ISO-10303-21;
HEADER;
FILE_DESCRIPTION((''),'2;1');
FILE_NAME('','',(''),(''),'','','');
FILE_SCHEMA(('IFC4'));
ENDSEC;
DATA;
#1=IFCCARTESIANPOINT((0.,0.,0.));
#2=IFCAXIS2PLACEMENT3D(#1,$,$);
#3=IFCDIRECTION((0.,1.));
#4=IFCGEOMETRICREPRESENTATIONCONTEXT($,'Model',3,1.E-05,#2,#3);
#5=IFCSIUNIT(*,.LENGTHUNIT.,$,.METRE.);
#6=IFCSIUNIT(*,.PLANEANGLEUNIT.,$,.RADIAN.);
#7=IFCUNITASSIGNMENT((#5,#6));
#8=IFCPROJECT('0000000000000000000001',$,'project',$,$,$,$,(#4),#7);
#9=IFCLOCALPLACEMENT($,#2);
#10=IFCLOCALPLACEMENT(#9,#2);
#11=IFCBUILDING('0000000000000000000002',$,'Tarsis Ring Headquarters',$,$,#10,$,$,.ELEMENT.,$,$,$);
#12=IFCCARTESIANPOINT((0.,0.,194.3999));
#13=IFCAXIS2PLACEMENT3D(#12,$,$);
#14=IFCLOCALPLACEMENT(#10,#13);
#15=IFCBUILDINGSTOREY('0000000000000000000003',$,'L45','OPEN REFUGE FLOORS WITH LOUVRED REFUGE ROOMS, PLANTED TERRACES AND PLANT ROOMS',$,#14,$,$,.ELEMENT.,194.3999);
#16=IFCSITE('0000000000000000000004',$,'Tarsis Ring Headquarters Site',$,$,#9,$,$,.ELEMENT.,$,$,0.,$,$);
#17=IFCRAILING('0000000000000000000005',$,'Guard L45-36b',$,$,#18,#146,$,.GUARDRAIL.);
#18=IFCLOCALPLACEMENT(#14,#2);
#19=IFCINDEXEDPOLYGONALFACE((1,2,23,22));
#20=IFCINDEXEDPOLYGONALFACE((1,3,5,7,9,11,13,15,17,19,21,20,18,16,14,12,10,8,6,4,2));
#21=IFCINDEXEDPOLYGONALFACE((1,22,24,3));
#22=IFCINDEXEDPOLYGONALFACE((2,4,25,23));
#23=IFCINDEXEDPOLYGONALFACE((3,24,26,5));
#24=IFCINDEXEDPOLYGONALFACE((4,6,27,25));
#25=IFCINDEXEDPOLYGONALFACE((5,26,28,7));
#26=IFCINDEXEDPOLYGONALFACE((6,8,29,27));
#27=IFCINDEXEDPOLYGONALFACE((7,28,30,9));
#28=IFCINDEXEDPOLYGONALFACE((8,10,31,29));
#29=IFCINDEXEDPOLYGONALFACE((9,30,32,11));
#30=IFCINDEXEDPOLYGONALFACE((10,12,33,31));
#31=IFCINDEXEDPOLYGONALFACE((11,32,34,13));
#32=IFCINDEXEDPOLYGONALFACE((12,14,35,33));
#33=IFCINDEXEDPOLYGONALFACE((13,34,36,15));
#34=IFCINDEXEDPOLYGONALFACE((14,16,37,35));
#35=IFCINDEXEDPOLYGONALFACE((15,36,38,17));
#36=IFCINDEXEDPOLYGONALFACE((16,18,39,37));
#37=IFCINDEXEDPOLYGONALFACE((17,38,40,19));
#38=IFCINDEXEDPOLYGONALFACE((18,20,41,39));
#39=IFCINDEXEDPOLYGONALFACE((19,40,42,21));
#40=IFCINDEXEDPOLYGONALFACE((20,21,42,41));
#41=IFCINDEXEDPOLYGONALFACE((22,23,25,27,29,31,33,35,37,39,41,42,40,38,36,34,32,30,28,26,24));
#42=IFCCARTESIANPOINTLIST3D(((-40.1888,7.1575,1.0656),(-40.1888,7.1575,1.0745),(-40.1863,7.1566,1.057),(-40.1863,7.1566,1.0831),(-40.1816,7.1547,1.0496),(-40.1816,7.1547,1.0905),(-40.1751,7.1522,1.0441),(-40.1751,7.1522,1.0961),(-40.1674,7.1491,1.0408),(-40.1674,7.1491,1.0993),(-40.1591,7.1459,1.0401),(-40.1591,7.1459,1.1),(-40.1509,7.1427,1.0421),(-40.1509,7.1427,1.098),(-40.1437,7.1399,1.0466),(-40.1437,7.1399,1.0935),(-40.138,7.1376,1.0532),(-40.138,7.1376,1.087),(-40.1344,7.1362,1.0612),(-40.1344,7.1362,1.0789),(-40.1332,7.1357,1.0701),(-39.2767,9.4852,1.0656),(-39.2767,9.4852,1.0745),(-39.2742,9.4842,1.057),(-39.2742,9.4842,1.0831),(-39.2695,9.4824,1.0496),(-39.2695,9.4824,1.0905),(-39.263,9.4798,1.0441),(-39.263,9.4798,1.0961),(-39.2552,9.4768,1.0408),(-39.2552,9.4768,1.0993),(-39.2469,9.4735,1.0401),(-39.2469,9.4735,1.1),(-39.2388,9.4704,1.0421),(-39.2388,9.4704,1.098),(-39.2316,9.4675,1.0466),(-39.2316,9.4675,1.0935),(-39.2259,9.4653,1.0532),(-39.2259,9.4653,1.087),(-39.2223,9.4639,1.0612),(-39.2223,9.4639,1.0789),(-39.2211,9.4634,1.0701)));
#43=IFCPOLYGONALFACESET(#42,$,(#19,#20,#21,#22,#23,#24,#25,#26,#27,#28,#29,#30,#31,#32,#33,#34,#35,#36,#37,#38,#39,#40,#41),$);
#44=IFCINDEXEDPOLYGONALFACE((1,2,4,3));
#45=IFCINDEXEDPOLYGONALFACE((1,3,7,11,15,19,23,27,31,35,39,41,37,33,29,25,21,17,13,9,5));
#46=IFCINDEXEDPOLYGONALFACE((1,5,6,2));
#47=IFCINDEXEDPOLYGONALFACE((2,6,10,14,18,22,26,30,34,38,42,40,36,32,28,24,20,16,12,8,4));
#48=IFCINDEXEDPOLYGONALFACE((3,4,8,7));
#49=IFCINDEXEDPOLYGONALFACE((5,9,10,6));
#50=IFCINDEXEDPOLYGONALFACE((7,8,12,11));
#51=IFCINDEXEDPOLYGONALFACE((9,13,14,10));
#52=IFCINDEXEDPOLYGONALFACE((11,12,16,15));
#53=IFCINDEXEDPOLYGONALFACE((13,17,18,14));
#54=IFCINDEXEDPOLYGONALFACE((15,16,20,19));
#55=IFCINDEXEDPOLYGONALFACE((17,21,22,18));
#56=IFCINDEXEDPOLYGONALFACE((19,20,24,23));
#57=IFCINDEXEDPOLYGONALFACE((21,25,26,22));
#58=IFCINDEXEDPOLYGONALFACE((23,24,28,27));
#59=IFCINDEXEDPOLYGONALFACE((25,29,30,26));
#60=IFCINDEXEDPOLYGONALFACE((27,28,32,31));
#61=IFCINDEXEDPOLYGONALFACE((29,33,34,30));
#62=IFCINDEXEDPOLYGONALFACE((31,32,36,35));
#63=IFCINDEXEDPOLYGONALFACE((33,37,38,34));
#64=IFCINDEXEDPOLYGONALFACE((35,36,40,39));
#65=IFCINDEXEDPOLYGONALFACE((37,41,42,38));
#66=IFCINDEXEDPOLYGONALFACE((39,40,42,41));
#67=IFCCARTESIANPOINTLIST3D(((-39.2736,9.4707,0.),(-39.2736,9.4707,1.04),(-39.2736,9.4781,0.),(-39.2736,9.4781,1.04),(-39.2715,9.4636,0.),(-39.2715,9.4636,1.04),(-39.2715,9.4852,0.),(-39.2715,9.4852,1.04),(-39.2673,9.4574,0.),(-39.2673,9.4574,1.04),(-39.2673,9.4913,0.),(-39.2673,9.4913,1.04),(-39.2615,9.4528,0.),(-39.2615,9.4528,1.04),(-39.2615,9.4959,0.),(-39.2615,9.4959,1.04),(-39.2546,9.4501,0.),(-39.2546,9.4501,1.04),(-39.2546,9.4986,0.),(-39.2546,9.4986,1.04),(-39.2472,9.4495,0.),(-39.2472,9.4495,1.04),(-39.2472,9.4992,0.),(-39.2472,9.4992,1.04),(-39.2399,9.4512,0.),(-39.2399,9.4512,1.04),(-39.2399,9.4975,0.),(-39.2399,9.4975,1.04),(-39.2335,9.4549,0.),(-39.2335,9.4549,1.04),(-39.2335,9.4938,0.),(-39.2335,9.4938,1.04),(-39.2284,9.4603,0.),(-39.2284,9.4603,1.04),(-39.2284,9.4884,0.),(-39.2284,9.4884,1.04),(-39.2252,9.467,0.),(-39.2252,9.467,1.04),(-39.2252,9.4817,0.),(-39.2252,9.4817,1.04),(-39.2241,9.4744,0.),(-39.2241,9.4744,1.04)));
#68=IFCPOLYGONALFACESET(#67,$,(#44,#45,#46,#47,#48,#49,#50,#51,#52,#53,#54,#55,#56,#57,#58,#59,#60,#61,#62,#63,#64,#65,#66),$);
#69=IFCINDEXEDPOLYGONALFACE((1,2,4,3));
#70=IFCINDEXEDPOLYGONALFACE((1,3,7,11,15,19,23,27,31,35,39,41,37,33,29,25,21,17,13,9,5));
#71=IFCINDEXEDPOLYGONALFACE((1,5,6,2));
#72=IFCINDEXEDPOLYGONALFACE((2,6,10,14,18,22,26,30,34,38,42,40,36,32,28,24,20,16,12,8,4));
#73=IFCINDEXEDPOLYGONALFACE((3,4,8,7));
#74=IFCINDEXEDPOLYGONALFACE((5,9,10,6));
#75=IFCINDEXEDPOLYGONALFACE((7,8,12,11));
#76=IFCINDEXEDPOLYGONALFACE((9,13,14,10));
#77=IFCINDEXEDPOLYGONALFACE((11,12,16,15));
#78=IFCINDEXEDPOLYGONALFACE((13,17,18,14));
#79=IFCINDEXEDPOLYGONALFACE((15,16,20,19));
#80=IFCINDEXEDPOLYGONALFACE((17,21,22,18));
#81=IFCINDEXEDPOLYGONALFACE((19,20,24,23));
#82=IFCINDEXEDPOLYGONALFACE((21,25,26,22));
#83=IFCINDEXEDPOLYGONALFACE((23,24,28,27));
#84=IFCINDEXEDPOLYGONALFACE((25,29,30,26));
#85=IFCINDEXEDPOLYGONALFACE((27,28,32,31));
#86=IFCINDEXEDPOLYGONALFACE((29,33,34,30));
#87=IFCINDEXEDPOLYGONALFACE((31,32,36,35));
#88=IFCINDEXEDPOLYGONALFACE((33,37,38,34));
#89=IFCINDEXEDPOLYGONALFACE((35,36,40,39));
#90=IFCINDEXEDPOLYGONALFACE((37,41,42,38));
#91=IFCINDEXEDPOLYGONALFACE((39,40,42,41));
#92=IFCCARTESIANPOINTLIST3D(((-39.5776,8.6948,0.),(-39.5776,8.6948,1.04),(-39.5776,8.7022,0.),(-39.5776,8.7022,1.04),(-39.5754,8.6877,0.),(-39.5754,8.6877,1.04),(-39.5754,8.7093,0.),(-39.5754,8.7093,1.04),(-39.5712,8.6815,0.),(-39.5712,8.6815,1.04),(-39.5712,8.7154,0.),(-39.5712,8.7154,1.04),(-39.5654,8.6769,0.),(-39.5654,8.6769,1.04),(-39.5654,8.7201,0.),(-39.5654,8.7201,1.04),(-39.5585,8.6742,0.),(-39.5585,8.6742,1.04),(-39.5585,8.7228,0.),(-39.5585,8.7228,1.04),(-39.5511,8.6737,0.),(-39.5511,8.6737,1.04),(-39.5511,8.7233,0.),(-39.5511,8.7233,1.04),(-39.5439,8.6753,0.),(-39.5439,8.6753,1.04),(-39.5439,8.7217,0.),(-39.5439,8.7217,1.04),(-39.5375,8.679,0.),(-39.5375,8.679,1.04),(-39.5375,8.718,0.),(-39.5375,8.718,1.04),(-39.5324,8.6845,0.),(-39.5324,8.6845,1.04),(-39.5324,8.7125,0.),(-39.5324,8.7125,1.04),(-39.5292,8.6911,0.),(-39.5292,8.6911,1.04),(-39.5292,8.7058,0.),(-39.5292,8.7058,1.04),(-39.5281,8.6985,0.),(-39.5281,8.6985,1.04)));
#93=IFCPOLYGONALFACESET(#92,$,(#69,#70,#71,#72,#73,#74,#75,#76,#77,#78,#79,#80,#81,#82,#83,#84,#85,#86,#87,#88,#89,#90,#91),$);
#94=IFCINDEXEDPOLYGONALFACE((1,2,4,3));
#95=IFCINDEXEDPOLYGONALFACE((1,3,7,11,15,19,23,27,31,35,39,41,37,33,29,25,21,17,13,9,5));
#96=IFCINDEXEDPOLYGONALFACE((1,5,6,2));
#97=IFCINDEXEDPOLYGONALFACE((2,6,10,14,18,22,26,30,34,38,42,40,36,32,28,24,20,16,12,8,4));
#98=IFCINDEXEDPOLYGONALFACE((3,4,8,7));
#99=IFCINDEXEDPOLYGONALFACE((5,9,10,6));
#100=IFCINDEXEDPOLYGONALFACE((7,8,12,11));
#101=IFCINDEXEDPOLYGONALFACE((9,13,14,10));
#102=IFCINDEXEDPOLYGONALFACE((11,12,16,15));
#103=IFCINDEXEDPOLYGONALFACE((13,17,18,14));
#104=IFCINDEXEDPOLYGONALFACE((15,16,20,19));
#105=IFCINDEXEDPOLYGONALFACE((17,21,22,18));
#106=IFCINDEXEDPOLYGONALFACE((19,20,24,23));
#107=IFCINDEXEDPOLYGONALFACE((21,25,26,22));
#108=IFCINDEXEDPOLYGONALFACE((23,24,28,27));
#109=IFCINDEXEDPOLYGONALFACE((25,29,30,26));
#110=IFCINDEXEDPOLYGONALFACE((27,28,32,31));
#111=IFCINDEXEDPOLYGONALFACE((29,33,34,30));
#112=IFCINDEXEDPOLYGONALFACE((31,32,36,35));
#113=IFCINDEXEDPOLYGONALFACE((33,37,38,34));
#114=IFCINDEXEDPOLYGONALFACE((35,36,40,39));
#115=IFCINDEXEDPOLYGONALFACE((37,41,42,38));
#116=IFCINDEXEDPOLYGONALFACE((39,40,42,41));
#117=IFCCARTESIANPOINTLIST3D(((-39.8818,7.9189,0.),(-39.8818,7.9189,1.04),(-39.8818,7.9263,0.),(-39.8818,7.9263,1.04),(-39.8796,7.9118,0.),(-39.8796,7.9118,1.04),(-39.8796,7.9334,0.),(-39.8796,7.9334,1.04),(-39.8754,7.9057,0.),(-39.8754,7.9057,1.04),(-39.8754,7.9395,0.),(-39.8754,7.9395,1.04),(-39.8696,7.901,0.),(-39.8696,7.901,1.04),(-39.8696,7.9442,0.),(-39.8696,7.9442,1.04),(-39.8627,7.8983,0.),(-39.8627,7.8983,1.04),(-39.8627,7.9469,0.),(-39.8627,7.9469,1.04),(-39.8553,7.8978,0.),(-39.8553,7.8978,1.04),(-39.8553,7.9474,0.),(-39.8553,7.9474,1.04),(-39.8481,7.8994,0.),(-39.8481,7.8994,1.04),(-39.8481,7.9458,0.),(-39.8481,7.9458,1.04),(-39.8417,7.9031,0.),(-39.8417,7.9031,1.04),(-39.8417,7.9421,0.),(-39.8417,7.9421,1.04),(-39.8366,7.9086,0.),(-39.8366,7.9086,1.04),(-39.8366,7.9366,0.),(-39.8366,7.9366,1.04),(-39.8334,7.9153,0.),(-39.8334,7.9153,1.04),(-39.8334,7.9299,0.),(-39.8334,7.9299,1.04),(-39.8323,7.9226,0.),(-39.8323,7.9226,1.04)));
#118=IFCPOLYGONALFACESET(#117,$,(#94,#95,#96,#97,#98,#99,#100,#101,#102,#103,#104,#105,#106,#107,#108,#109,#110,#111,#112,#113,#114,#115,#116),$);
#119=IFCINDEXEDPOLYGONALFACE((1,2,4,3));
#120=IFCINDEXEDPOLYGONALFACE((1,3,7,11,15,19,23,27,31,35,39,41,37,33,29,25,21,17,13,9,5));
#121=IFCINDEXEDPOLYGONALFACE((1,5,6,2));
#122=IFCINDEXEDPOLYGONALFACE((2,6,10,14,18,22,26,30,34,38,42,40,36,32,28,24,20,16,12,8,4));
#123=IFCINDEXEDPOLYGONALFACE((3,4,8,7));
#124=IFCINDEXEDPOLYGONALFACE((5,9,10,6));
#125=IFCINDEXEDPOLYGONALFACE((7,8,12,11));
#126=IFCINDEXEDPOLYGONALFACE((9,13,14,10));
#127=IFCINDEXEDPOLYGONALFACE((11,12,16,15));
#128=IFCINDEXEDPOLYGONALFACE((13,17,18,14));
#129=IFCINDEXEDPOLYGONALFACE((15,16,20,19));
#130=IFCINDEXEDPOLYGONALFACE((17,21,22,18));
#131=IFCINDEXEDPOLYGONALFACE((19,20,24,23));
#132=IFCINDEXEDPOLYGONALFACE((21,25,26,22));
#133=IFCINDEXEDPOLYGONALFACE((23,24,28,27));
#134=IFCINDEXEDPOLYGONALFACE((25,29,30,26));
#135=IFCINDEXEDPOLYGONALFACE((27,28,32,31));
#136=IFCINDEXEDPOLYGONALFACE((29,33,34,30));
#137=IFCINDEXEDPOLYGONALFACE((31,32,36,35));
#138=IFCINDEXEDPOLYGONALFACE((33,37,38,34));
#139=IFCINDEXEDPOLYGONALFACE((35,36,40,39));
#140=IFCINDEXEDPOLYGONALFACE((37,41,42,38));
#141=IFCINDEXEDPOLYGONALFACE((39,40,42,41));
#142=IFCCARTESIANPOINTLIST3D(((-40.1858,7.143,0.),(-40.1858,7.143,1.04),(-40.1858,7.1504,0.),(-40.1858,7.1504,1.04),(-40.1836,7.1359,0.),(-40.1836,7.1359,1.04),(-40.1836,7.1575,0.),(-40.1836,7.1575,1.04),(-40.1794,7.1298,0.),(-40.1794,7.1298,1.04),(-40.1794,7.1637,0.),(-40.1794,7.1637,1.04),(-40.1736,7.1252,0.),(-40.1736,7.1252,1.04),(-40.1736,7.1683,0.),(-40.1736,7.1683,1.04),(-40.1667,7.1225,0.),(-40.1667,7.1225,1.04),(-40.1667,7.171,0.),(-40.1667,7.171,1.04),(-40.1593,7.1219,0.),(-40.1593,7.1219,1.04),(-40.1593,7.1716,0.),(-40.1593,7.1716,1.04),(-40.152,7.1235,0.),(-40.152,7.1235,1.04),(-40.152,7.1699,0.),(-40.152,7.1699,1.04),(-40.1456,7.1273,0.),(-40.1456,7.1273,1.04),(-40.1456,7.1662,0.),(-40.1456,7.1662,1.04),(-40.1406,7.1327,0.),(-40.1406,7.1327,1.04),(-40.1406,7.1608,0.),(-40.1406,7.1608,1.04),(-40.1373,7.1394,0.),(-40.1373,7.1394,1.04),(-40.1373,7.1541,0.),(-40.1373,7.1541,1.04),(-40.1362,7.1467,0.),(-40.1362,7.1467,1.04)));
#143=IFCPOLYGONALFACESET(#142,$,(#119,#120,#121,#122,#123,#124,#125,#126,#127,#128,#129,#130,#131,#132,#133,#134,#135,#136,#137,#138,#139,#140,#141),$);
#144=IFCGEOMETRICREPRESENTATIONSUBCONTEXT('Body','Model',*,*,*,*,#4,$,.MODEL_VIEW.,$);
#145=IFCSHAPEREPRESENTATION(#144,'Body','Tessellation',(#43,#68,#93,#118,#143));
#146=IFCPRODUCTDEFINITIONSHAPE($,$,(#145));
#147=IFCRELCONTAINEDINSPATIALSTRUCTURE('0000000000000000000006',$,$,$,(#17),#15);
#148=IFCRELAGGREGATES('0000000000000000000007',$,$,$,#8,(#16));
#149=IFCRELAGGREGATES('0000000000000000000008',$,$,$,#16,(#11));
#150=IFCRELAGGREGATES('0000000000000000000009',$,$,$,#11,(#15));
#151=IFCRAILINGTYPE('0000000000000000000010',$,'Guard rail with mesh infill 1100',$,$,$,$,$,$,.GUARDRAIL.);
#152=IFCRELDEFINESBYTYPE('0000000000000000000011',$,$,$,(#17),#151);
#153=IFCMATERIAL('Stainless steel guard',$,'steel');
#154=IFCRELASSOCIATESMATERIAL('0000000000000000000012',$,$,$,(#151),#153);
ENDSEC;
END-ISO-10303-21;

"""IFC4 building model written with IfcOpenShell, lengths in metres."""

from ifc_helpers import new_model, si_unit, direction, frame, origin, origin_2d, place, context, subcontext, project, spatial, circle, extrude, material, type_object, element, save


model = new_model("IFC4")

# Units and contexts
model_context = context("Model", 3, precision=1e-05, world=origin(), true_north=direction((0.0, 1.0)))
body_context = subcontext(model_context, "Body", "Model", "MODEL_VIEW")
ifc_project = project(units=[si_unit("LENGTHUNIT", "METRE"), si_unit("PLANEANGLEUNIT", "RADIAN")], contexts=[model_context])

# Site, building, storey
site_placement = place(None, origin())
site = spatial("IfcSite", under=ifc_project, at=site_placement, Name="Tarsis Ring Headquarters Site", CompositionType="ELEMENT", RefElevation=0.0)
building_placement = place(site_placement, origin())
building = spatial("IfcBuilding", under=site, at=building_placement, Name="Tarsis Ring Headquarters", CompositionType="ELEMENT")
storey_placement = place(building_placement, frame((0.0, 0.0, 194.3999)))
storey = spatial("IfcBuildingStorey", under=building, at=storey_placement, Name="L45", Description="OPEN REFUGE FLOORS WITH LOUVRED REFUGE ROOMS, PLANTED TERRACES AND PLANT ROOMS", CompositionType="ELEMENT", Elevation=194.3999)

# Railing
ifc_material_1 = material(Name="Stainless steel guard", Category="steel")
railing_type_1 = type_object("IfcRailingType", Name="Guard rail with mesh infill 1100", PredefinedType="GUARDRAIL", material=ifc_material_1)
railing_1_placement = place(storey_placement, frame((-39.249, 9.4744, 0.0)))
element("IfcRailing", 1, at=railing_1_placement, inside=storey, type_object=railing_type_1, Name="Guard L45-36b", PredefinedType="GUARDRAIL", context=body_context, shape_type="SweptSolid", body=[
    extrude(circle(Radius=0.03, at=origin_2d()), frame((0.0, 0.0, 1.0701), z_axis=(-0.364849, -0.931067, 0.0), x_axis=(0.931067, -0.364849, 0.0)), (0.0, 0.0, 1.0), 2.5),
    extrude(circle(Radius=0.0249, at=origin_2d()), origin(), (0.0, 0.0, 1.0), 1.04),
    extrude(circle(Radius=0.0249, at=origin_2d()), frame((-0.304, -0.7759, 0.0)), (0.0, 0.0, 1.0), 1.04),
    extrude(circle(Radius=0.0249, at=origin_2d()), frame((-0.6082, -1.5518, 0.0)), (0.0, 0.0, 1.0), 1.04),
    extrude(circle(Radius=0.0249, at=origin_2d()), frame((-0.9121, -2.3276, 0.0)), (0.0, 0.0, 1.0), 1.04),
])

save(model, "model.ifc")
